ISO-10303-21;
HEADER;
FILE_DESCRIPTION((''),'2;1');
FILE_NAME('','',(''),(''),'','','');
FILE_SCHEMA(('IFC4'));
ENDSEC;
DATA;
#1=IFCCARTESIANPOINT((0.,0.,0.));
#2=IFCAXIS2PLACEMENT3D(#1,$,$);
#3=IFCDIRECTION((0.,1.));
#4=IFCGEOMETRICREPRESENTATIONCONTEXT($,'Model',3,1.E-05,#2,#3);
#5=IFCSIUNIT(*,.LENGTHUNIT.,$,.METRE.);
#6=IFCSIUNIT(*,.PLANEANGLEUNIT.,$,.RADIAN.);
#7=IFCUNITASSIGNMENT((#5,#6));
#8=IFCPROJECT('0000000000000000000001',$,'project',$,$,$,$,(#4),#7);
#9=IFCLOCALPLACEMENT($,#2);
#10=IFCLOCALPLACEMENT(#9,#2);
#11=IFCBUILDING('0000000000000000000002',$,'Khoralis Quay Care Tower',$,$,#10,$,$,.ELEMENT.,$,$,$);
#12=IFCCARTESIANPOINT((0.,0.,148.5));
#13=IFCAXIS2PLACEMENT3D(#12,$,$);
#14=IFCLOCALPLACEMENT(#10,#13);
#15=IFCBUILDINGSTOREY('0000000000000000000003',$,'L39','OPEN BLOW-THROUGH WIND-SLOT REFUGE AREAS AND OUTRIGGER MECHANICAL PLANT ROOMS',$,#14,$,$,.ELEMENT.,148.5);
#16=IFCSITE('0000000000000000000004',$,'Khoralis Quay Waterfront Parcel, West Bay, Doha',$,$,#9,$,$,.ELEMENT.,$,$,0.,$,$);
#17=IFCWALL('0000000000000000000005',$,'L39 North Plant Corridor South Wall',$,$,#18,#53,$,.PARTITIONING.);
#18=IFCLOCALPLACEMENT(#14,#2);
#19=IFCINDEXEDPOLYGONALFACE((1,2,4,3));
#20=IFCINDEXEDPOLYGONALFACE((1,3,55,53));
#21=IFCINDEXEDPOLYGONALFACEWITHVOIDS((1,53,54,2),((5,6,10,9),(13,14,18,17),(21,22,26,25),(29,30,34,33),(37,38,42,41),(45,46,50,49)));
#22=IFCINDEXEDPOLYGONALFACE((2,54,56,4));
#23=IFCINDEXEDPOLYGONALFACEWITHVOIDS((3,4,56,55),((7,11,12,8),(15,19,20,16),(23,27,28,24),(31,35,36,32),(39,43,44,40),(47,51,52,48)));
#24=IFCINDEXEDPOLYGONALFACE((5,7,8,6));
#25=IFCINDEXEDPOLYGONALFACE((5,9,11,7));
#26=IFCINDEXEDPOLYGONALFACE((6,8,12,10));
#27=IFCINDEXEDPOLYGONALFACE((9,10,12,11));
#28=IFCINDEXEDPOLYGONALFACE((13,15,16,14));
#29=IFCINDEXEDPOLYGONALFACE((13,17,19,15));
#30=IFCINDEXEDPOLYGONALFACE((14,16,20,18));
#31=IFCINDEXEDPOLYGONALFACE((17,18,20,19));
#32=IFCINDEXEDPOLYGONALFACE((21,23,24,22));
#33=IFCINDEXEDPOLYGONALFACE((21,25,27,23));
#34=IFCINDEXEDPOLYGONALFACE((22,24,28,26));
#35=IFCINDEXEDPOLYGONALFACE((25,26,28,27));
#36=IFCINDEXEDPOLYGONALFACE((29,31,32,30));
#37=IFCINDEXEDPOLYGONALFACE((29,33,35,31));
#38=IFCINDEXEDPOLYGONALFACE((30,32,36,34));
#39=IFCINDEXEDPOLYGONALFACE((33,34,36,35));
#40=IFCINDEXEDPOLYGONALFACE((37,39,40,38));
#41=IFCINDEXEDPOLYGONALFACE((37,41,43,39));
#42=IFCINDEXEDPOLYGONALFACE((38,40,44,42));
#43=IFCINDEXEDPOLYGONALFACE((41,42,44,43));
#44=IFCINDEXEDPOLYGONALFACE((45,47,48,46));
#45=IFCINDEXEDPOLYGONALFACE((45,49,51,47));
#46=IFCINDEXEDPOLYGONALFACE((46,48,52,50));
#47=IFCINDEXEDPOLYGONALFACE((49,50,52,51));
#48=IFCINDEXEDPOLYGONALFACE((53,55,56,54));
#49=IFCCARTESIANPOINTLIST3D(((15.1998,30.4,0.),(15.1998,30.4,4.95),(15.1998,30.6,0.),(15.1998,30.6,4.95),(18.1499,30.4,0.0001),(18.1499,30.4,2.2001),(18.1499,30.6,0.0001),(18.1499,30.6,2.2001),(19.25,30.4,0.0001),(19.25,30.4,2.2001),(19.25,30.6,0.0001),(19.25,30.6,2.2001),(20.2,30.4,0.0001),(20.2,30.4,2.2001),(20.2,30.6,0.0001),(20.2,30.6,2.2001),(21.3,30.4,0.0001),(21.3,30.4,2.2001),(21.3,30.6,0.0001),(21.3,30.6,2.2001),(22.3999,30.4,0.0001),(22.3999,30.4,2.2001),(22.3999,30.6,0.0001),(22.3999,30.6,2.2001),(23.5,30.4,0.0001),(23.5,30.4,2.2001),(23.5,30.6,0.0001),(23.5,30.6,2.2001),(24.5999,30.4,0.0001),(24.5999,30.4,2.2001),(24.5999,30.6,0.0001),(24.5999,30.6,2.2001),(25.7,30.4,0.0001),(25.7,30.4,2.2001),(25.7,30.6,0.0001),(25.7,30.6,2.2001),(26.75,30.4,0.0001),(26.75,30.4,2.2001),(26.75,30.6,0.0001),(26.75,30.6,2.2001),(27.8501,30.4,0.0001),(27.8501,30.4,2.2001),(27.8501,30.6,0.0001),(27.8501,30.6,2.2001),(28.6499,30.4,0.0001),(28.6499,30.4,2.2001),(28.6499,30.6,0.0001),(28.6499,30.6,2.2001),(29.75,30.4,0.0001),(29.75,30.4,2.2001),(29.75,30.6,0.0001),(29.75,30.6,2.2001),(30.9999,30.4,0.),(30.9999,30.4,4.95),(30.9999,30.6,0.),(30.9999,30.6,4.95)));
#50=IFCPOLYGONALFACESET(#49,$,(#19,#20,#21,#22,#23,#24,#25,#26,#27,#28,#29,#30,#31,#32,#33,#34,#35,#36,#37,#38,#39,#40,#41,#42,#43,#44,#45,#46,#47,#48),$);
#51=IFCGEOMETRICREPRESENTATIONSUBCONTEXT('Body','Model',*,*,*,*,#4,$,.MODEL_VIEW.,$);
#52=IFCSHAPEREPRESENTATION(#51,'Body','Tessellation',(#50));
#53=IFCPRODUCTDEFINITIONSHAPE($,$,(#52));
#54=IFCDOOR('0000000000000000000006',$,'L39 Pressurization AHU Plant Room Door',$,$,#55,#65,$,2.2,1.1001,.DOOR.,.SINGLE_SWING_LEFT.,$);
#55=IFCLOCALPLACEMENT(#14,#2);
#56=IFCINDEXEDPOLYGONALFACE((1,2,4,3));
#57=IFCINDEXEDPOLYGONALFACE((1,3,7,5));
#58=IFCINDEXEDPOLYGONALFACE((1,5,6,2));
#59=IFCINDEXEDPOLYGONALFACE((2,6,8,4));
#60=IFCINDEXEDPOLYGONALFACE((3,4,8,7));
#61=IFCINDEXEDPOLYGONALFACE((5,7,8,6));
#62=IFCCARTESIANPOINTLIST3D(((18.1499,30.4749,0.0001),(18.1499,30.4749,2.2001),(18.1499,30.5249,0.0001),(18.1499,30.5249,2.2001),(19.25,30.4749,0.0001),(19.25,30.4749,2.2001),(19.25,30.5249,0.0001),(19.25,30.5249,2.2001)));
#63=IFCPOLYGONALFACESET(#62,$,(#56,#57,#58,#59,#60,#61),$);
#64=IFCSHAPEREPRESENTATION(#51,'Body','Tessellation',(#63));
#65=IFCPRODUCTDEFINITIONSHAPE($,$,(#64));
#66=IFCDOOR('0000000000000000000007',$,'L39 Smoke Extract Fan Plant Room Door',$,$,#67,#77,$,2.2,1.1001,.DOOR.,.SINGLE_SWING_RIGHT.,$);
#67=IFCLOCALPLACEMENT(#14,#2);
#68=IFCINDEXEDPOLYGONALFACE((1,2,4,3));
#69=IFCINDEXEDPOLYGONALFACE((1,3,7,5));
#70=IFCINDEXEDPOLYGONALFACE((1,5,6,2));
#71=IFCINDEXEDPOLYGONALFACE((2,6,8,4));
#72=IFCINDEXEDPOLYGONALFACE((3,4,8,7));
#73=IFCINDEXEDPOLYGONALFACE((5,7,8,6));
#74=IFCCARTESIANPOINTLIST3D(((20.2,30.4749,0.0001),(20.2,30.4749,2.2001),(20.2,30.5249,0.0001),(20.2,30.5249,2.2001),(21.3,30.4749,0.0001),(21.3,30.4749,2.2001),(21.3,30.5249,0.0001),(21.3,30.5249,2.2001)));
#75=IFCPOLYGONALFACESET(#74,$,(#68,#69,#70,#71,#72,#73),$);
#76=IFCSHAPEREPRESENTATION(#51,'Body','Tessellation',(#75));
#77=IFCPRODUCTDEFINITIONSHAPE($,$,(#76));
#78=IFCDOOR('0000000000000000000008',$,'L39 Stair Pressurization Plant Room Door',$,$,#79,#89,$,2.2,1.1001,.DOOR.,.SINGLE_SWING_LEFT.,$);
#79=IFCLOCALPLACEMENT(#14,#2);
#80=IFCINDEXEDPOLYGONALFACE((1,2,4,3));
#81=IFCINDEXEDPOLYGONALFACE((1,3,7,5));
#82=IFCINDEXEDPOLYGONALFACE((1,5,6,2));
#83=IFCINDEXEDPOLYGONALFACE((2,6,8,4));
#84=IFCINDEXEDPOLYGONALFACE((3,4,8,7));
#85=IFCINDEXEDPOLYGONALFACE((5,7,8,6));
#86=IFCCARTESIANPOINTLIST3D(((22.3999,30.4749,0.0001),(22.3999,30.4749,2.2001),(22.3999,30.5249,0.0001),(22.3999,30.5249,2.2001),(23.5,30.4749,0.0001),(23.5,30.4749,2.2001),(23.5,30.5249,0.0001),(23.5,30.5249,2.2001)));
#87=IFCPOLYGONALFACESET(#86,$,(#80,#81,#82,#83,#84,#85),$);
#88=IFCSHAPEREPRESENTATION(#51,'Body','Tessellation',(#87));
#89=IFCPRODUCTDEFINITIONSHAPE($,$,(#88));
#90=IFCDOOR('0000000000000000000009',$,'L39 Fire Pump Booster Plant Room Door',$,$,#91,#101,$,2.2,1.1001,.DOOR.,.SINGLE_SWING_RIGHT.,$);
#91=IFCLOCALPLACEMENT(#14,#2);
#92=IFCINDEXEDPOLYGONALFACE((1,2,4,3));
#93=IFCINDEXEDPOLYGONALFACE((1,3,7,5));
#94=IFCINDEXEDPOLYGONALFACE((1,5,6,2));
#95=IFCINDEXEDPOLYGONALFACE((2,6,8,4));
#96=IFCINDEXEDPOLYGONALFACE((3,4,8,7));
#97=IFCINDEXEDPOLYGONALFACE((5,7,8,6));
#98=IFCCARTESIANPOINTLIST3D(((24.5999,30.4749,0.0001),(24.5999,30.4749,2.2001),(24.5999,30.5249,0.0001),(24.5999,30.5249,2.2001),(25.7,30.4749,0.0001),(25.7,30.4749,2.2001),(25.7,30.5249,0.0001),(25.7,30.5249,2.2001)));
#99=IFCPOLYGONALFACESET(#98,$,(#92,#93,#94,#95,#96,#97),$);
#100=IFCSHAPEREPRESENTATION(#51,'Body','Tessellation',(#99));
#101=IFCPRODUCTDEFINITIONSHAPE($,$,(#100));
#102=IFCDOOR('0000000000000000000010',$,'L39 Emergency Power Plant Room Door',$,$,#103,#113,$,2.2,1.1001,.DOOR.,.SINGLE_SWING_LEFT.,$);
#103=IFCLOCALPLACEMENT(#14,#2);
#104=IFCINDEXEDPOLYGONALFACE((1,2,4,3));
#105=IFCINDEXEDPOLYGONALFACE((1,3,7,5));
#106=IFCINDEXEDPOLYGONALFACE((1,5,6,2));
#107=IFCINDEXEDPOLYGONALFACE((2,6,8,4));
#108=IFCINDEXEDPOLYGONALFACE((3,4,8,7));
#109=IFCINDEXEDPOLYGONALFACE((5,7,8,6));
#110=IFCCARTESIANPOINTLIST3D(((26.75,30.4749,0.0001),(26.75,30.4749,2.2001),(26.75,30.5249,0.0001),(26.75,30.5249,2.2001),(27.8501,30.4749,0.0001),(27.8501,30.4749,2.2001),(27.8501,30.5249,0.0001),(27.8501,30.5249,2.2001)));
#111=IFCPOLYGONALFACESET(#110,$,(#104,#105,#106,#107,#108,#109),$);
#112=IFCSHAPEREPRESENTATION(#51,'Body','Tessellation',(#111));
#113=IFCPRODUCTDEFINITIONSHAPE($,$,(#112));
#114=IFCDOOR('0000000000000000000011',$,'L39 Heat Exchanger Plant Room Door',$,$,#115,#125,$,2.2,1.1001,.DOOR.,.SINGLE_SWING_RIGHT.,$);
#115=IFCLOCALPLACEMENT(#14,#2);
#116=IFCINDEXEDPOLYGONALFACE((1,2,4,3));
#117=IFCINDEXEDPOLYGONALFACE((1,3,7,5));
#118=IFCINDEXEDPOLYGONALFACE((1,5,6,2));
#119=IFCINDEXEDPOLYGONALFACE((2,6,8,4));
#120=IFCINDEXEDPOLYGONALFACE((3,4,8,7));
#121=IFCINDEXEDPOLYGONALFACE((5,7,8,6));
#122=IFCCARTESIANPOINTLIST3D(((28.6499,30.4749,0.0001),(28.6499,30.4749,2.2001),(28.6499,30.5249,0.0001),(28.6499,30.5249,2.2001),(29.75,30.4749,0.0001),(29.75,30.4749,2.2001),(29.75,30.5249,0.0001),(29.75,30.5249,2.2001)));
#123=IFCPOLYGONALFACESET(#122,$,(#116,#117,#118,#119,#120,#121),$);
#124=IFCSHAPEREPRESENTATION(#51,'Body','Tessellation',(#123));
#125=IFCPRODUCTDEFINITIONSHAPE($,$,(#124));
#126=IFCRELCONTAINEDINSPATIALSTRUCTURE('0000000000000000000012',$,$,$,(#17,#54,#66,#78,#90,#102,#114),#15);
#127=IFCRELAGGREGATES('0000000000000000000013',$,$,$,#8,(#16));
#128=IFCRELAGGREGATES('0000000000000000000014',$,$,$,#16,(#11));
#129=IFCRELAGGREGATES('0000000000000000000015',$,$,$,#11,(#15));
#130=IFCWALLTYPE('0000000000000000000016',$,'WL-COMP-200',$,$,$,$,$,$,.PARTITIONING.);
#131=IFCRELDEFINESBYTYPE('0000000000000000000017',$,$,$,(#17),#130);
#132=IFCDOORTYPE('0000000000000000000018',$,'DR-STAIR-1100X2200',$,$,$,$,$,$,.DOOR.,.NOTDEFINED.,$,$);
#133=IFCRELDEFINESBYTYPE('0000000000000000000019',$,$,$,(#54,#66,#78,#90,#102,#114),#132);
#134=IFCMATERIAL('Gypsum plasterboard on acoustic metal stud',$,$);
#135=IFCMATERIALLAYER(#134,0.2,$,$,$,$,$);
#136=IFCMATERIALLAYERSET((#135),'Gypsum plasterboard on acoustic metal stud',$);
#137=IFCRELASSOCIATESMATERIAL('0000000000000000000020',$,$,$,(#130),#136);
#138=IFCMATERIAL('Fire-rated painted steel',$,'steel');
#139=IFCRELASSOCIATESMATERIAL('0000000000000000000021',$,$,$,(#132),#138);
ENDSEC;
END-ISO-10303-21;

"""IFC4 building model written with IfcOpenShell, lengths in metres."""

from ifc_helpers import new_model, si_unit, direction, frame, frame_2d, origin, place, context, subcontext, project, spatial, rectangle, extrude, source, transform, mapped, material, layer, layer_set, type_object, element, fill, save


model = new_model("IFC4")

# Units and contexts
model_context = context("Model", 3, precision=1e-05, world=origin(), true_north=direction((0.0, 1.0)))
body_context = subcontext(model_context, "Body", "Model", "MODEL_VIEW")
ifc_project = project(units=[si_unit("LENGTHUNIT", "METRE"), si_unit("PLANEANGLEUNIT", "RADIAN")], contexts=[model_context])

# Site, building, storey
site_placement = place(None, origin())
site = spatial("IfcSite", under=ifc_project, at=site_placement, Name="Khoralis Quay Waterfront Parcel, West Bay, Doha", CompositionType="ELEMENT", RefElevation=0.0)
building_placement = place(site_placement, origin())
building = spatial("IfcBuilding", under=site, at=building_placement, Name="Khoralis Quay Care Tower", CompositionType="ELEMENT")
storey_placement = place(building_placement, frame((0.0, 0.0, 148.5)))
storey = spatial("IfcBuildingStorey", under=building, at=storey_placement, Name="L39", Description="OPEN BLOW-THROUGH WIND-SLOT REFUGE AREAS AND OUTRIGGER MECHANICAL PLANT ROOMS", CompositionType="ELEMENT", Elevation=148.5)

# Shared definitions
ifc_material_1 = material(Name="Gypsum plasterboard on acoustic metal stud")
ifc_layer_1 = layer(ifc_material_1, 0.2)
ifc_layer_set_1 = layer_set([ifc_layer_1], Name="Gypsum plasterboard on acoustic metal stud")
wall_type_1 = type_object("IfcWallType", Name="WL-COMP-200", PredefinedType="PARTITIONING", material=ifc_layer_set_1)

# Wall, openings, doors
wall_1_placement = place(storey_placement, frame((15.2, 30.5, 0.0), z_axis=(0.0, 0.0, 1.0), x_axis=(1.0, 0.0, 0.0)))
wall_1 = element("IfcWall", 1, at=wall_1_placement, inside=storey, type_object=wall_type_1, Name="L39 North Plant Corridor South Wall", PredefinedType="PARTITIONING", context=body_context, shape_type="SweptSolid", body=[
    extrude(rectangle(XDim=15.8, YDim=0.2, at=frame_2d((7.8999, 0.0))), origin(), (0.0, 0.0, 1.0), 4.95),
])
opening_1_placement = place(wall_1_placement, frame((2.95, 0.0, 0.0)))
opening_1 = element("IfcOpeningElement", 2, at=opening_1_placement, cuts=wall_1, PredefinedType="OPENING", context=body_context, shape_type="SweptSolid", body=[
    extrude(rectangle(XDim=1.1001, YDim=2.2, at=frame_2d((0.55, 1.1001))), frame((0.0, 0.1099, 0.0), z_axis=(0.0, -1.0, 0.0), x_axis=(1.0, 0.0, 0.0)), (0.0, 0.0, 1.0), 0.22),
])
opening_2_placement = place(wall_1_placement, frame((5.0, 0.0, 0.0)))
opening_2 = element("IfcOpeningElement", 3, at=opening_2_placement, cuts=wall_1, PredefinedType="OPENING", context=body_context, shape_type="SweptSolid", body=[
    extrude(rectangle(XDim=1.1001, YDim=2.2, at=frame_2d((0.55, 1.1001))), frame((0.0, 0.1099, 0.0), z_axis=(0.0, -1.0, 0.0), x_axis=(1.0, 0.0, 0.0)), (0.0, 0.0, 1.0), 0.22),
])
opening_3_placement = place(wall_1_placement, frame((7.2, 0.0, 0.0)))
opening_3 = element("IfcOpeningElement", 4, at=opening_3_placement, cuts=wall_1, PredefinedType="OPENING", context=body_context, shape_type="SweptSolid", body=[
    extrude(rectangle(XDim=1.1001, YDim=2.2, at=frame_2d((0.55, 1.1001))), frame((0.0, 0.1099, 0.0), z_axis=(0.0, -1.0, 0.0), x_axis=(1.0, 0.0, 0.0)), (0.0, 0.0, 1.0), 0.22),
])
opening_4_placement = place(wall_1_placement, frame((9.3999, 0.0, 0.0)))
opening_4 = element("IfcOpeningElement", 5, at=opening_4_placement, cuts=wall_1, PredefinedType="OPENING", context=body_context, shape_type="SweptSolid", body=[
    extrude(rectangle(XDim=1.1001, YDim=2.2, at=frame_2d((0.55, 1.1001))), frame((0.0, 0.1099, 0.0), z_axis=(0.0, -1.0, 0.0), x_axis=(1.0, 0.0, 0.0)), (0.0, 0.0, 1.0), 0.22),
])
opening_5_placement = place(wall_1_placement, frame((11.55, 0.0, 0.0)))
opening_5 = element("IfcOpeningElement", 6, at=opening_5_placement, cuts=wall_1, PredefinedType="OPENING", context=body_context, shape_type="SweptSolid", body=[
    extrude(rectangle(XDim=1.1001, YDim=2.2, at=frame_2d((0.55, 1.1001))), frame((0.0, 0.1099, 0.0), z_axis=(0.0, -1.0, 0.0), x_axis=(1.0, 0.0, 0.0)), (0.0, 0.0, 1.0), 0.22),
])
opening_6_placement = place(wall_1_placement, frame((13.45, 0.0, 0.0)))
opening_6 = element("IfcOpeningElement", 7, at=opening_6_placement, cuts=wall_1, PredefinedType="OPENING", context=body_context, shape_type="SweptSolid", body=[
    extrude(rectangle(XDim=1.1001, YDim=2.2, at=frame_2d((0.55, 1.1001))), frame((0.0, 0.1099, 0.0), z_axis=(0.0, -1.0, 0.0), x_axis=(1.0, 0.0, 0.0)), (0.0, 0.0, 1.0), 0.22),
])
ifc_material_2 = material(Name="Fire-rated painted steel", Category="steel")
door_type_1 = type_object("IfcDoorType", Name="DR-STAIR-1100X2200", OperationType="NOTDEFINED", PredefinedType="DOOR", material=ifc_material_2)
shared_shape_1 = source(origin(), body_context, "Body", "SweptSolid", [
    extrude(rectangle(XDim=1.1001, YDim=2.2, at=frame_2d((0.55, 1.1001))), frame((0.0, 0.0249, 0.0), z_axis=(0.0, -1.0, 0.0), x_axis=(1.0, 0.0, 0.0)), (0.0, 0.0, 1.0), 0.05),
])
door_1_placement = place(opening_1_placement, origin())
door_1 = element("IfcDoor", 8, at=door_1_placement, inside=storey, type_object=door_type_1, Name="L39 Pressurization AHU Plant Room Door", OperationType="SINGLE_SWING_LEFT", OverallHeight=2.2, OverallWidth=1.1001, PredefinedType="DOOR", context=body_context, shape_type="MappedRepresentation", body=[
    mapped(shared_shape_1, transform((0.0, 0.0, 0.0), scale=1.0)),
])
fill(opening_1, door_1)
door_2_placement = place(opening_2_placement, origin())
door_2 = element("IfcDoor", 9, at=door_2_placement, inside=storey, type_object=door_type_1, Name="L39 Smoke Extract Fan Plant Room Door", OperationType="SINGLE_SWING_RIGHT", OverallHeight=2.2, OverallWidth=1.1001, PredefinedType="DOOR", context=body_context, shape_type="MappedRepresentation", body=[
    mapped(shared_shape_1, transform((0.0, 0.0, 0.0), scale=1.0)),
])
fill(opening_2, door_2)
door_3_placement = place(opening_3_placement, origin())
door_3 = element("IfcDoor", 10, at=door_3_placement, inside=storey, type_object=door_type_1, Name="L39 Stair Pressurization Plant Room Door", OperationType="SINGLE_SWING_LEFT", OverallHeight=2.2, OverallWidth=1.1001, PredefinedType="DOOR", context=body_context, shape_type="MappedRepresentation", body=[
    mapped(shared_shape_1, transform((0.0, 0.0, 0.0), scale=1.0)),
])
fill(opening_3, door_3)
door_4_placement = place(opening_4_placement, origin())
door_4 = element("IfcDoor", 11, at=door_4_placement, inside=storey, type_object=door_type_1, Name="L39 Fire Pump Booster Plant Room Door", OperationType="SINGLE_SWING_RIGHT", OverallHeight=2.2, OverallWidth=1.1001, PredefinedType="DOOR", context=body_context, shape_type="MappedRepresentation", body=[
    mapped(shared_shape_1, transform((0.0, 0.0, 0.0), scale=1.0)),
])
fill(opening_4, door_4)
door_5_placement = place(opening_5_placement, origin())
door_5 = element("IfcDoor", 12, at=door_5_placement, inside=storey, type_object=door_type_1, Name="L39 Emergency Power Plant Room Door", OperationType="SINGLE_SWING_LEFT", OverallHeight=2.2, OverallWidth=1.1001, PredefinedType="DOOR", context=body_context, shape_type="MappedRepresentation", body=[
    mapped(shared_shape_1, transform((0.0, 0.0, 0.0), scale=1.0)),
])
fill(opening_5, door_5)
door_6_placement = place(opening_6_placement, origin())
door_6 = element("IfcDoor", 13, at=door_6_placement, inside=storey, type_object=door_type_1, Name="L39 Heat Exchanger Plant Room Door", OperationType="SINGLE_SWING_RIGHT", OverallHeight=2.2, OverallWidth=1.1001, PredefinedType="DOOR", context=body_context, shape_type="MappedRepresentation", body=[
    mapped(shared_shape_1, transform((0.0, 0.0, 0.0), scale=1.0)),
])
fill(opening_6, door_6)

save(model, "model.ifc")
